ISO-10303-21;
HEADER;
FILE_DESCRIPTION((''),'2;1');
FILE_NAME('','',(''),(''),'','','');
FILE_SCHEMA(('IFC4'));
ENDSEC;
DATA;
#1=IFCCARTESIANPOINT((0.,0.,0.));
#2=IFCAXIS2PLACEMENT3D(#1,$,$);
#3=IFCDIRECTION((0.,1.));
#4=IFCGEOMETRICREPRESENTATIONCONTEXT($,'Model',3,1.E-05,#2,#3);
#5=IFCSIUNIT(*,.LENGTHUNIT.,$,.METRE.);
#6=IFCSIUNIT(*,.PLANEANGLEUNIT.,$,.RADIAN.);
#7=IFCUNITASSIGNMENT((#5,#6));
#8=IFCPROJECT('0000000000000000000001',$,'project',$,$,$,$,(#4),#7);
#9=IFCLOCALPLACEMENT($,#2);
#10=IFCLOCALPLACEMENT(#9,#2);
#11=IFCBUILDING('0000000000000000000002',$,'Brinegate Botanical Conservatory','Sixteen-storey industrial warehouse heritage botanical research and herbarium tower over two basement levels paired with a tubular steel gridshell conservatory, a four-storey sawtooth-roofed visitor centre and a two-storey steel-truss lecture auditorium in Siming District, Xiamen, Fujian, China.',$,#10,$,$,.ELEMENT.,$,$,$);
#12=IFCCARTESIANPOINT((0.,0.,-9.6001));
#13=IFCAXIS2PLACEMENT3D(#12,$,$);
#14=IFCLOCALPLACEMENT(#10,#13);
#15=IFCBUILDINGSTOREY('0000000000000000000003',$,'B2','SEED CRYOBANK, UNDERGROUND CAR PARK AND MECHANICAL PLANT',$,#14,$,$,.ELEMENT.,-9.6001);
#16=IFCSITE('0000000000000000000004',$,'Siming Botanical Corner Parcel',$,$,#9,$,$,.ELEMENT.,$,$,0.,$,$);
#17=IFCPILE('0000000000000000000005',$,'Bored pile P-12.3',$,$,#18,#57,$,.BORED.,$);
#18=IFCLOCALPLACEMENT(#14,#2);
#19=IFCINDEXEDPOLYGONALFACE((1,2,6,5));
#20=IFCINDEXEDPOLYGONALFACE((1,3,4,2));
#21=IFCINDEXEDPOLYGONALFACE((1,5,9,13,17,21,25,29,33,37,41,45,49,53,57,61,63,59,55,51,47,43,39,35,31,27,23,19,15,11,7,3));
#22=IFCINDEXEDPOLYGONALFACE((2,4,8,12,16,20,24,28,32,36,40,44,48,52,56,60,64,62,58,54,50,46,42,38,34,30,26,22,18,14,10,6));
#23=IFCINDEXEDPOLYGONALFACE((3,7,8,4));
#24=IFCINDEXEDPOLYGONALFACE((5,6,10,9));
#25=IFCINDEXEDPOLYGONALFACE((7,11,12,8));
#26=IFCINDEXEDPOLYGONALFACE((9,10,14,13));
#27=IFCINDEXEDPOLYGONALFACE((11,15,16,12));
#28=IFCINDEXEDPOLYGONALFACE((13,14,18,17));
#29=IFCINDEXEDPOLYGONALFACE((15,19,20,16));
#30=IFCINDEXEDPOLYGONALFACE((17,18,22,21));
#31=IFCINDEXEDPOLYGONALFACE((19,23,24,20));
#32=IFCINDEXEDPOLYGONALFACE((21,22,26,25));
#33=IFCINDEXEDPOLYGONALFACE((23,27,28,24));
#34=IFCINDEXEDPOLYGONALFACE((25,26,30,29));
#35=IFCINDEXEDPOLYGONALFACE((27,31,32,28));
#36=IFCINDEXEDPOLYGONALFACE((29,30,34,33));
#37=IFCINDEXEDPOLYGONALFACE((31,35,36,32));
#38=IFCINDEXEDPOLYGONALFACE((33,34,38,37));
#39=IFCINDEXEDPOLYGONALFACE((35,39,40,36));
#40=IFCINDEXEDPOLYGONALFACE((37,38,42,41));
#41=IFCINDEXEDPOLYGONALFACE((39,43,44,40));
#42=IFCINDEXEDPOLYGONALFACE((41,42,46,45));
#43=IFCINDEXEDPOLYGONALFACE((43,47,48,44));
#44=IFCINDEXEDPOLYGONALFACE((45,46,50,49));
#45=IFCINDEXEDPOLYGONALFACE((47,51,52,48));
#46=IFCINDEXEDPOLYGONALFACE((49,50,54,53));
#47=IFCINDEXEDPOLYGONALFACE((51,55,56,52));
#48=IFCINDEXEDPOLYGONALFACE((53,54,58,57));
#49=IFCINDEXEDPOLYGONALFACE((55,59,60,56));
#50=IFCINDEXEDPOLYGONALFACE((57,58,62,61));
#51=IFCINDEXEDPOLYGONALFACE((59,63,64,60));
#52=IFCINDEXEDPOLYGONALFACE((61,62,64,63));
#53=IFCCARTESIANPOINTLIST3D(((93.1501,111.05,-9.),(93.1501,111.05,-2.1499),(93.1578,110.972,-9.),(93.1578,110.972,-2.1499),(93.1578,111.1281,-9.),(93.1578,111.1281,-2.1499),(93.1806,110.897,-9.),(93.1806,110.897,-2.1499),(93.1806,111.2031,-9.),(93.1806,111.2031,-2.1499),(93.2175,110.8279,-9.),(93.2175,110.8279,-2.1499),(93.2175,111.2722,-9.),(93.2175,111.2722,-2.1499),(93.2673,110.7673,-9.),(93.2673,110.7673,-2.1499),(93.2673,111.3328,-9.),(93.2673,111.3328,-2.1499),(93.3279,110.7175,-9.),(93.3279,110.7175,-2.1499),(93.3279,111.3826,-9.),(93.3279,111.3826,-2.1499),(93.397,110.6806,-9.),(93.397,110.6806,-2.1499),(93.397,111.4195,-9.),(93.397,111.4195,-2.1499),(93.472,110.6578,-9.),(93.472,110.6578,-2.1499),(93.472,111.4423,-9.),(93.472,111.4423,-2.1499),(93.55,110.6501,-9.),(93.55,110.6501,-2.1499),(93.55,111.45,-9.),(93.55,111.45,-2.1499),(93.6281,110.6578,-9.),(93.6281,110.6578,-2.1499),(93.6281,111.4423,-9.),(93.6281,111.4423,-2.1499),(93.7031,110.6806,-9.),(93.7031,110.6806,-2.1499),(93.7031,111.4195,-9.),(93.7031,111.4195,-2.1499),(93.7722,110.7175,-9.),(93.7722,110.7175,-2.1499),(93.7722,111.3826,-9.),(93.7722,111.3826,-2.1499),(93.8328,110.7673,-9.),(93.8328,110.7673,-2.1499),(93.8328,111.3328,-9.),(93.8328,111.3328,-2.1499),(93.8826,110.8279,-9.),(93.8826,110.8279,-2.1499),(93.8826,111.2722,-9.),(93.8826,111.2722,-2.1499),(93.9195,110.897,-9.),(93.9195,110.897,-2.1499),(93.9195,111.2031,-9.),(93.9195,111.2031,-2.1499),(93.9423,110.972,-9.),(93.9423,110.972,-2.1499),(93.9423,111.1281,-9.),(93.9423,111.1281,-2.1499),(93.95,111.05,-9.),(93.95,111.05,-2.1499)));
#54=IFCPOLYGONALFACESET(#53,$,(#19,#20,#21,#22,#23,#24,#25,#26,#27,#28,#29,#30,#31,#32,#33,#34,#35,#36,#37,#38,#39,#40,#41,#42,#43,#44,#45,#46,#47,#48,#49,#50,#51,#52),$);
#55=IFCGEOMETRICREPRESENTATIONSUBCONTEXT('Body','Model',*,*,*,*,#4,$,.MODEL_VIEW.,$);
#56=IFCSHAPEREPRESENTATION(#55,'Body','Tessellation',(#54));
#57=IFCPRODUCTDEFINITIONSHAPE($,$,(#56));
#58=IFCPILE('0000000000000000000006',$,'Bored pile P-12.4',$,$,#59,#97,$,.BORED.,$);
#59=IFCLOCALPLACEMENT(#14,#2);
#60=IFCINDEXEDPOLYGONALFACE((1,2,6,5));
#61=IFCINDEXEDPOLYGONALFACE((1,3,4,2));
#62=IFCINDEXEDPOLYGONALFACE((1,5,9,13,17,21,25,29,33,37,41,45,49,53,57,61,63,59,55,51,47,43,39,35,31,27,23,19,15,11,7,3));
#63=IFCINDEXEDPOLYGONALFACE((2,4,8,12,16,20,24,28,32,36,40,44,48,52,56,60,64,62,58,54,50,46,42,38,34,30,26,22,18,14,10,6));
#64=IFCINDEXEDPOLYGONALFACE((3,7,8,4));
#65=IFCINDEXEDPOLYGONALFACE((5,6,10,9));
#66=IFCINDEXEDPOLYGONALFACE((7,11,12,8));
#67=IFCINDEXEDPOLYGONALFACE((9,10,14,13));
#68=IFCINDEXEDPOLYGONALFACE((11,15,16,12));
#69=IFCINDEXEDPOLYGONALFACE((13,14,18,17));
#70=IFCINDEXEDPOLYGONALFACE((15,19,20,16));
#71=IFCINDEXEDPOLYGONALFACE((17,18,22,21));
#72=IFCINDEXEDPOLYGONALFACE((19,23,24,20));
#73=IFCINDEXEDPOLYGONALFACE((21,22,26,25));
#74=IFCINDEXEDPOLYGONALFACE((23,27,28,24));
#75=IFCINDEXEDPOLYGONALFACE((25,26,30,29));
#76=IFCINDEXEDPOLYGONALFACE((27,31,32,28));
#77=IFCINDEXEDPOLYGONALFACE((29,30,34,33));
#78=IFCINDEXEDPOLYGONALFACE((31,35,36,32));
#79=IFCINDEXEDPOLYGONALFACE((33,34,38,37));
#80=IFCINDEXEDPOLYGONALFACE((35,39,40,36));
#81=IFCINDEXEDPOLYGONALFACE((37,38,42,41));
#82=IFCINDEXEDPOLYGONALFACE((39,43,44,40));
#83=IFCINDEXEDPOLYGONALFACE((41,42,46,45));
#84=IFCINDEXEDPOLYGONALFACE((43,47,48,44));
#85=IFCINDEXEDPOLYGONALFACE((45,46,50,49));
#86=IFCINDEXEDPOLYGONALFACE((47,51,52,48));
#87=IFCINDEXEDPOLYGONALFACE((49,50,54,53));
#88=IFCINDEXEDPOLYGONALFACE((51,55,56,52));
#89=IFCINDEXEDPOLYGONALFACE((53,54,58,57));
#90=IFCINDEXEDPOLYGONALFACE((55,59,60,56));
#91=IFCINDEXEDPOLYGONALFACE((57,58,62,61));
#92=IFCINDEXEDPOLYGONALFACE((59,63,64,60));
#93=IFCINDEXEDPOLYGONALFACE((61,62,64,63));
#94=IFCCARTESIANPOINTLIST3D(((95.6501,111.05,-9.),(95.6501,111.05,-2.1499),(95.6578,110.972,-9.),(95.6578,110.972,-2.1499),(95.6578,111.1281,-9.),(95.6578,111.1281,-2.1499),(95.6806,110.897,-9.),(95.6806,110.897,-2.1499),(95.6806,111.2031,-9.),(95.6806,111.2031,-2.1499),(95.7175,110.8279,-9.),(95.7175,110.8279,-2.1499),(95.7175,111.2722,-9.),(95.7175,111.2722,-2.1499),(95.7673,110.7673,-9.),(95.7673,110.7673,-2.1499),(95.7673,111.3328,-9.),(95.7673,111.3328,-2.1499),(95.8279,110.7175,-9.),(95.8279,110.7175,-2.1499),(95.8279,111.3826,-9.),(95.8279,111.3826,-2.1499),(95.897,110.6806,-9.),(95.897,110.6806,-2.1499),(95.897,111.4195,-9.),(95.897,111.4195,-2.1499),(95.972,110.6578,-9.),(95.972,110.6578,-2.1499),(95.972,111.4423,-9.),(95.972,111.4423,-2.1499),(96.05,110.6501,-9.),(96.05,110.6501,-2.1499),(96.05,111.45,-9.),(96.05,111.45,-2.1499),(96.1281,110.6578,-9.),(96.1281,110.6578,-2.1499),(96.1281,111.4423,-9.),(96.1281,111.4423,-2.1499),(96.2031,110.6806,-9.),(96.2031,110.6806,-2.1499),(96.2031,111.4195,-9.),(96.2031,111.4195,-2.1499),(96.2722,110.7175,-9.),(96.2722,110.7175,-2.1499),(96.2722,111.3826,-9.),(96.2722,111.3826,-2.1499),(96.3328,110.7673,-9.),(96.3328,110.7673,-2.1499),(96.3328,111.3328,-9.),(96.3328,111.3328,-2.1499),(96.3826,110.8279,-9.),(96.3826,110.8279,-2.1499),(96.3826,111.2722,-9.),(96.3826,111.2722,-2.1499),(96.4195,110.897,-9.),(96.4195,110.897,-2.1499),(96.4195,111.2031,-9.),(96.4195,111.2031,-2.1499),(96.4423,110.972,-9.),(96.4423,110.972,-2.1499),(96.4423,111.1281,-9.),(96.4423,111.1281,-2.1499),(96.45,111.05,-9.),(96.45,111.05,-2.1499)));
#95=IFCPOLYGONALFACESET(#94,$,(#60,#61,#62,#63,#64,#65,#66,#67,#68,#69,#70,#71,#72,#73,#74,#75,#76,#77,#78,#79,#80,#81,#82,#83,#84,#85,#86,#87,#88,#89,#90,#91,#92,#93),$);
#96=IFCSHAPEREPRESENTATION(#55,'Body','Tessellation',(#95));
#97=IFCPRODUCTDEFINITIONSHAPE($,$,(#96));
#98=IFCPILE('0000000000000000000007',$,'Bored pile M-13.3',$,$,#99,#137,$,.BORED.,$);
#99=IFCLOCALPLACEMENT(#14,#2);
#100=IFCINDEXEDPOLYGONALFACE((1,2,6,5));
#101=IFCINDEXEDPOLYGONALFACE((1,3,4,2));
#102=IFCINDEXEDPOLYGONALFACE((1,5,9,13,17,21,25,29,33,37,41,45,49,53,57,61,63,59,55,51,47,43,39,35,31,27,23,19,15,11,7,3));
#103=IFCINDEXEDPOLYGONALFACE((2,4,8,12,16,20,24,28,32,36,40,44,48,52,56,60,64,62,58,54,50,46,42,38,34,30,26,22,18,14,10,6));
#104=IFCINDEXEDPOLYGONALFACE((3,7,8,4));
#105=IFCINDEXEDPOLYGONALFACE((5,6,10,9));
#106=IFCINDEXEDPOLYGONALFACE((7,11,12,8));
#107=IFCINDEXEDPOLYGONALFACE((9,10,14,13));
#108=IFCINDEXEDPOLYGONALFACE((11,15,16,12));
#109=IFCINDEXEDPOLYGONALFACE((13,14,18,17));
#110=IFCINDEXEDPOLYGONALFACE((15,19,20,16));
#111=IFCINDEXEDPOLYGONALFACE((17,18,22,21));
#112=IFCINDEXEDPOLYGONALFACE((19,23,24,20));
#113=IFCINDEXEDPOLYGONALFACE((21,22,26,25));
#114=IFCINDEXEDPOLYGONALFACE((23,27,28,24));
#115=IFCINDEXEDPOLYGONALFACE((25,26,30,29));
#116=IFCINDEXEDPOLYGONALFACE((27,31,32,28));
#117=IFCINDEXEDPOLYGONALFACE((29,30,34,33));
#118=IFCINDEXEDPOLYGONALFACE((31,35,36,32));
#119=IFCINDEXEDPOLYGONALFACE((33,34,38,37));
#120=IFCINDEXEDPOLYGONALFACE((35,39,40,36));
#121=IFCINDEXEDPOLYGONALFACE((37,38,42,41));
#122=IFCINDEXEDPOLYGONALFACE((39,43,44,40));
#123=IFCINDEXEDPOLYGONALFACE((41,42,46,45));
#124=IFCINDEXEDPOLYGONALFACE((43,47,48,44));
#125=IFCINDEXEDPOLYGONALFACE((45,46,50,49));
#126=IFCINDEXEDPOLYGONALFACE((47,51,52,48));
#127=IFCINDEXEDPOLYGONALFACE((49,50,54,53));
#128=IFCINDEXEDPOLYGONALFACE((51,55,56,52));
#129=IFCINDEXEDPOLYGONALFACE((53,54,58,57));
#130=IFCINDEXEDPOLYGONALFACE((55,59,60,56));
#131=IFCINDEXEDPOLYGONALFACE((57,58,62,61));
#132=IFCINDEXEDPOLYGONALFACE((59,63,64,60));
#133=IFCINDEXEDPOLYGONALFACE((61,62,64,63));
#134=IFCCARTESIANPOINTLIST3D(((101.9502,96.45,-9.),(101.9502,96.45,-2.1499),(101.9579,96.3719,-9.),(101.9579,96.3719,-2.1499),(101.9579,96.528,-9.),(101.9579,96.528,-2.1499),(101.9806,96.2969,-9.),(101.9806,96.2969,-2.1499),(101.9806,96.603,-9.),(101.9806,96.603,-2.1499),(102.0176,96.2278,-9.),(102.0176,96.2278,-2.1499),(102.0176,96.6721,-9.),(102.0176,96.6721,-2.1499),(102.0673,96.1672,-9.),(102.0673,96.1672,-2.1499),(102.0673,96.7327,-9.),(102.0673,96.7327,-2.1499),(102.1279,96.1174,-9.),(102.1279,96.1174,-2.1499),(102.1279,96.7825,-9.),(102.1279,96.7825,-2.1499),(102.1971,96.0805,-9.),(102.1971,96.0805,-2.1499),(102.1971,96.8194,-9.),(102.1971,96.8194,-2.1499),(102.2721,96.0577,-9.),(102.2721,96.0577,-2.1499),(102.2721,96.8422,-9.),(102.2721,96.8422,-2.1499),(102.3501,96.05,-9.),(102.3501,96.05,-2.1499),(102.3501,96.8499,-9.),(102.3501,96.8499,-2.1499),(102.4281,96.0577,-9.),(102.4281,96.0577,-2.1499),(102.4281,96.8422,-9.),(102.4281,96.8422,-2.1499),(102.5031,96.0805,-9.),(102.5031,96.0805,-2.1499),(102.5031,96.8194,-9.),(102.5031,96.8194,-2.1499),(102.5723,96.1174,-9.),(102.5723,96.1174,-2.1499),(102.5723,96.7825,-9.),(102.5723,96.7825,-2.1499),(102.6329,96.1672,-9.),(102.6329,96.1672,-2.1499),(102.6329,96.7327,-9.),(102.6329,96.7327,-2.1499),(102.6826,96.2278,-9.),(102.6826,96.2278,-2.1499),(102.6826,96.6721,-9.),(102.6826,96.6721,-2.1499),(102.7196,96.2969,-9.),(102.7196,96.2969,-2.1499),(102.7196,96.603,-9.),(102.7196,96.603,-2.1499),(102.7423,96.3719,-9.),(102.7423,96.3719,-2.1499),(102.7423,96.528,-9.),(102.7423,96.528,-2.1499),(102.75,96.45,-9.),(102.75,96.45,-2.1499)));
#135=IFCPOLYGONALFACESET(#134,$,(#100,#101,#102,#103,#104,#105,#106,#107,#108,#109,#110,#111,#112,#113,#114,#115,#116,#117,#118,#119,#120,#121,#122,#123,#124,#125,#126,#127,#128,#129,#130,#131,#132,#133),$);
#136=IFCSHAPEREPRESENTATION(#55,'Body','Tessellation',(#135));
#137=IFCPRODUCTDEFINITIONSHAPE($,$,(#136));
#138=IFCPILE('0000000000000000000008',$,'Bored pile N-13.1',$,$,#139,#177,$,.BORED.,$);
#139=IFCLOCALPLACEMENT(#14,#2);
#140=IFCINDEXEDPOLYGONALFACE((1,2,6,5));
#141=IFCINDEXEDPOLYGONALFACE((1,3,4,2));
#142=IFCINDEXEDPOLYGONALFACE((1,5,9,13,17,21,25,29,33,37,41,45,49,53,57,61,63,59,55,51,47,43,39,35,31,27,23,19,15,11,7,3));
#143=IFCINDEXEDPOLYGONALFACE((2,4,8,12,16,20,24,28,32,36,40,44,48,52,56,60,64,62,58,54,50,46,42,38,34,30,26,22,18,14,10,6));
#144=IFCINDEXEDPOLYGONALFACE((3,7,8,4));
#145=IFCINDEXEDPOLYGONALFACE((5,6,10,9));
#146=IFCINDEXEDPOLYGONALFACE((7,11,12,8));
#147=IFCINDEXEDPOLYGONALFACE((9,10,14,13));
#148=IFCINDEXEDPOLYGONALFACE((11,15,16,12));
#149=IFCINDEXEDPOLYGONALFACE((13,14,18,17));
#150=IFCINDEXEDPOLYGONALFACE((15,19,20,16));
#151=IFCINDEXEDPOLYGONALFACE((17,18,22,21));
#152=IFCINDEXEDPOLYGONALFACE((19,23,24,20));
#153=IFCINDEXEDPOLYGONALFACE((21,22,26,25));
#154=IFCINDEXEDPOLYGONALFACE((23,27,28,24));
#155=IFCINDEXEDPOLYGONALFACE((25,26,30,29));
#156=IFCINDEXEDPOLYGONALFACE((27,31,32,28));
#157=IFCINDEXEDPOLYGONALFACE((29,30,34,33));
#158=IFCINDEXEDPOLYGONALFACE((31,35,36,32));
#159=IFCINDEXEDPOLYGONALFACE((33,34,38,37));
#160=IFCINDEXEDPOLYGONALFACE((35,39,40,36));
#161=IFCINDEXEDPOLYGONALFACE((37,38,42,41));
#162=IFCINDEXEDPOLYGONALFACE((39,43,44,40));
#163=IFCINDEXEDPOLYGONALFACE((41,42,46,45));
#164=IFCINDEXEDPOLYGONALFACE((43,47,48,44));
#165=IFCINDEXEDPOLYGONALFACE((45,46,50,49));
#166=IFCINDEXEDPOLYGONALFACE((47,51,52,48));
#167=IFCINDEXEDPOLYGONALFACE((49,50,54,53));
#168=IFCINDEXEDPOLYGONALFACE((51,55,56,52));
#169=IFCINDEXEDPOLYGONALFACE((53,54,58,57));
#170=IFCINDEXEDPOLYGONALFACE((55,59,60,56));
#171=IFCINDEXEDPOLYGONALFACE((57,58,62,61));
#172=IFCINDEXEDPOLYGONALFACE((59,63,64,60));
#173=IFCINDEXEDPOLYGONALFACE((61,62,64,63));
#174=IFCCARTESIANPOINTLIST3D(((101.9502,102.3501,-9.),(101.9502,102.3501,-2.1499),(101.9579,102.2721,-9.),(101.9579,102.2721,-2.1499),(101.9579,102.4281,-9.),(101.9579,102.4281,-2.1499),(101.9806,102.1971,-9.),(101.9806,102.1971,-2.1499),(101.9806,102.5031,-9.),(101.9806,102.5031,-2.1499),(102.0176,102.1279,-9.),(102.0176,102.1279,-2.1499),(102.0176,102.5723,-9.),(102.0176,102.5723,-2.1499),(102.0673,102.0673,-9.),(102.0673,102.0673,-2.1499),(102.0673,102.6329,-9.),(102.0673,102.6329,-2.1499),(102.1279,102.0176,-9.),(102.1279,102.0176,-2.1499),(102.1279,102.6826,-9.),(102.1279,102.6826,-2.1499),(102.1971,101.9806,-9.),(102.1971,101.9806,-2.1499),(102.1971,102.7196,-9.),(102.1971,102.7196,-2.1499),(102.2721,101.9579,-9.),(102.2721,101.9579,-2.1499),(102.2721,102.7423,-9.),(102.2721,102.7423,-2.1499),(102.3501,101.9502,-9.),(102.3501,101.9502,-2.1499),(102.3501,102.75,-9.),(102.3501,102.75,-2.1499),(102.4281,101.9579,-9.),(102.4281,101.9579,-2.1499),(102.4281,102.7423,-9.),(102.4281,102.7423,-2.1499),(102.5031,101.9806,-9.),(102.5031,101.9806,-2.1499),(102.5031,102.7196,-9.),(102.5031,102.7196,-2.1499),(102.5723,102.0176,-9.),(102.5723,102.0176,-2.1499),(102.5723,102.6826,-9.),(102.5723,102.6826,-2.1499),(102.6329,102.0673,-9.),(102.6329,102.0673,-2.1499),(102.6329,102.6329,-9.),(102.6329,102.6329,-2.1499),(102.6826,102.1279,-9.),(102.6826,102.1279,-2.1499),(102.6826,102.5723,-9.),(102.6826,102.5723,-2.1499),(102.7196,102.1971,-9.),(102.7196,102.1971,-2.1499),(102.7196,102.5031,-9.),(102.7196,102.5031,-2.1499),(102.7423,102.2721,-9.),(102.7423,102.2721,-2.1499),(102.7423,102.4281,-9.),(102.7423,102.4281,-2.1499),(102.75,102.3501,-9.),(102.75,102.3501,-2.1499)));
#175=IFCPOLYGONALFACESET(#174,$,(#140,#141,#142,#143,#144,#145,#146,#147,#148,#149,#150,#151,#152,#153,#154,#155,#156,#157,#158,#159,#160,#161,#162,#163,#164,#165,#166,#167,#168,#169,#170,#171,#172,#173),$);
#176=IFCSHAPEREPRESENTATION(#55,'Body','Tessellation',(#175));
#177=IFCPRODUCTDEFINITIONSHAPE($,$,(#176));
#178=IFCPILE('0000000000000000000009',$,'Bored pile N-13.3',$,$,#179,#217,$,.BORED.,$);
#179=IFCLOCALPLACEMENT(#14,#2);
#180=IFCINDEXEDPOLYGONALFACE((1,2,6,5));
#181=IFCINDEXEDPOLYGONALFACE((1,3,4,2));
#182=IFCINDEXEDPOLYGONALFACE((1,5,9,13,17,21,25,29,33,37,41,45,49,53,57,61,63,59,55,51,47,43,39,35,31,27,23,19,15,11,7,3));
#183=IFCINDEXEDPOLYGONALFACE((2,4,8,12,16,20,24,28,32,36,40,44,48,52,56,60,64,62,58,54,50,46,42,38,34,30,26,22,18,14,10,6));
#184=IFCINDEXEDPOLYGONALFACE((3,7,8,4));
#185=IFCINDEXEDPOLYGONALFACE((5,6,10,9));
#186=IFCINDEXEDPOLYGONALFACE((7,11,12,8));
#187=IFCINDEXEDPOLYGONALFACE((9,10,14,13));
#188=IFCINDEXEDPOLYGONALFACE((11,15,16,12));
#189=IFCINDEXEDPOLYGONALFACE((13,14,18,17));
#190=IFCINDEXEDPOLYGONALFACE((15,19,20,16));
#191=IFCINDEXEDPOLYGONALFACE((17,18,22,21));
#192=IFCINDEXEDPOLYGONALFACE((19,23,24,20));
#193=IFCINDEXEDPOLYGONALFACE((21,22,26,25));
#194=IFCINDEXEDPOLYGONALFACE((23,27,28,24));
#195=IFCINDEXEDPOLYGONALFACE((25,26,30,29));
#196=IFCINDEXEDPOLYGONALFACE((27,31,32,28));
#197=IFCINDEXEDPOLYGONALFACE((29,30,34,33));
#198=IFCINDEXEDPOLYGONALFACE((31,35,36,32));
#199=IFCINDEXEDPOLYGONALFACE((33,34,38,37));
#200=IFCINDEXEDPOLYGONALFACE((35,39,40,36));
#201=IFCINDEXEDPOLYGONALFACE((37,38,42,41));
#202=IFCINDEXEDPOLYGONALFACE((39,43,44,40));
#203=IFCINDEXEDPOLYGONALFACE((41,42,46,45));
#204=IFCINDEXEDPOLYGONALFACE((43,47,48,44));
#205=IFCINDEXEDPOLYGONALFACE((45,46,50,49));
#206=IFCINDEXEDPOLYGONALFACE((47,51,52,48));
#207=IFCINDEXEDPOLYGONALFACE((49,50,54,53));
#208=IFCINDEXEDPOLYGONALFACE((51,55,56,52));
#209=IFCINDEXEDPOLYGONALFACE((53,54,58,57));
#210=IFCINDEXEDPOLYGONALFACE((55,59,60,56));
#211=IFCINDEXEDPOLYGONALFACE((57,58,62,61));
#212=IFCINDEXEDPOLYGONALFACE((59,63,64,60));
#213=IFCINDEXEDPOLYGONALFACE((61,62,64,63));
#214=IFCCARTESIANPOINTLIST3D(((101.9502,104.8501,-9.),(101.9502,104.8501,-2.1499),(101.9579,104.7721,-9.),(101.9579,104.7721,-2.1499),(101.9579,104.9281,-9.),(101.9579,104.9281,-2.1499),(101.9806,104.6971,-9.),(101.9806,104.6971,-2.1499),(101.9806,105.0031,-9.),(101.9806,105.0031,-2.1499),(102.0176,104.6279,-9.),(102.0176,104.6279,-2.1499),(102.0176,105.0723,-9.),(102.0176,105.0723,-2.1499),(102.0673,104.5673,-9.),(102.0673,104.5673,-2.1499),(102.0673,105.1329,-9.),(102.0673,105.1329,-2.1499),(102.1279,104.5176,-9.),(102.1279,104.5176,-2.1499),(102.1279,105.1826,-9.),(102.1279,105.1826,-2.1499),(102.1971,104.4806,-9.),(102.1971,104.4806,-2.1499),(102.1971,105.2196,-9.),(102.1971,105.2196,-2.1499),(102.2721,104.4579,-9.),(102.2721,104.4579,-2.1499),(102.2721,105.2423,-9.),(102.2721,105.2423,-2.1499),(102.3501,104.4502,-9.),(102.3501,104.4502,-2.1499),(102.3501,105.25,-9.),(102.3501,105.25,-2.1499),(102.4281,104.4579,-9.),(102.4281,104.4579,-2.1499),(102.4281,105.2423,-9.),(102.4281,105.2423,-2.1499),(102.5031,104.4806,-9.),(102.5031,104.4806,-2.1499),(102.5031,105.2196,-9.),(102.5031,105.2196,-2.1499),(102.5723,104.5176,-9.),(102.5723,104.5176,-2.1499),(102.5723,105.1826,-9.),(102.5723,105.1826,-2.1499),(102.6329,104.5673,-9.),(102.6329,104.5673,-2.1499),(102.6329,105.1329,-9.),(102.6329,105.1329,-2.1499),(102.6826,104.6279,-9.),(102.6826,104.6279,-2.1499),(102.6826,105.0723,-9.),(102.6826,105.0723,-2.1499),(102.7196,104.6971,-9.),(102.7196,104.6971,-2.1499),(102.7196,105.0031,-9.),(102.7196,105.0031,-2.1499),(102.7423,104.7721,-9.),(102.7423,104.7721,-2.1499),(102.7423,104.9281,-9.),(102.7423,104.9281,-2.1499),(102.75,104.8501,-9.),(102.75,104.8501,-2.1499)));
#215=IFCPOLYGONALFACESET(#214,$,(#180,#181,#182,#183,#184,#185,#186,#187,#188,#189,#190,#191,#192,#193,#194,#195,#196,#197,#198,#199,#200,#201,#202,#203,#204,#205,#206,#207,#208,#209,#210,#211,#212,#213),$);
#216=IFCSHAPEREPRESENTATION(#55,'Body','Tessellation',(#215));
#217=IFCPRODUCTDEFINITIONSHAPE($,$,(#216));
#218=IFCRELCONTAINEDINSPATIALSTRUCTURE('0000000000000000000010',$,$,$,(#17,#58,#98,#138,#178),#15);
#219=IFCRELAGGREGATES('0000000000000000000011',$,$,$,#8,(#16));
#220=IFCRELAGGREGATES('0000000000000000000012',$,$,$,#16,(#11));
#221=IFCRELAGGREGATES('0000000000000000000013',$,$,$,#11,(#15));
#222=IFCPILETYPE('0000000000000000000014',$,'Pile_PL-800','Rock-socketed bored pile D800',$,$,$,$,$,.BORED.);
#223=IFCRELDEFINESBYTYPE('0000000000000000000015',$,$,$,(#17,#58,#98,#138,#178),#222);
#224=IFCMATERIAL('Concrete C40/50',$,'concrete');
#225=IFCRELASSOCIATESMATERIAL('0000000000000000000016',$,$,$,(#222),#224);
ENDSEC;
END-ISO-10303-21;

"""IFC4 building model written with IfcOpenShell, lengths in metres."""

from ifc_helpers import new_model, si_unit, direction, frame, origin, origin_2d, place, context, subcontext, project, spatial, circle, extrude, material, material_profile, profile_set, type_object, element, save


model = new_model("IFC4")

# Units and contexts
model_context = context("Model", 3, precision=1e-05, world=origin(), true_north=direction((0.0, 1.0)))
body_context = subcontext(model_context, "Body", "Model", "MODEL_VIEW")
ifc_project = project(units=[si_unit("LENGTHUNIT", "METRE"), si_unit("PLANEANGLEUNIT", "RADIAN")], contexts=[model_context])

# Site, building, storey
site_placement = place(None, origin())
site = spatial("IfcSite", under=ifc_project, at=site_placement, Name="Siming Botanical Corner Parcel", CompositionType="ELEMENT", RefElevation=0.0)
building_placement = place(site_placement, origin())
building = spatial("IfcBuilding", under=site, at=building_placement, Name="Brinegate Botanical Conservatory", Description="Sixteen-storey industrial warehouse heritage botanical research and herbarium tower over two basement levels paired with a tubular steel gridshell conservatory, a four-storey sawtooth-roofed visitor centre and a two-storey steel-truss lecture auditorium in Siming District, Xiamen, Fujian, China.", CompositionType="ELEMENT")
storey_placement = place(building_placement, frame((0.0, 0.0, -9.6001)))
storey = spatial("IfcBuildingStorey", under=building, at=storey_placement, Name="B2", Description="SEED CRYOBANK, UNDERGROUND CAR PARK AND MECHANICAL PLANT", CompositionType="ELEMENT", Elevation=-9.6001)

# Shared definitions
ifc_material = material(Name="Concrete C40/50", Category="concrete")

# Piles
ifc_material_profile_1 = material_profile(ifc_material, circle(Radius=0.3999, at=origin_2d()), Name="PILE D800")
ifc_profile_set_1 = profile_set([ifc_material_profile_1], Name="Concrete C40/50")
pile_type = type_object("IfcPileType", Name="Pile_PL-800", Description="Rock-socketed bored pile D800", PredefinedType="BORED", material=ifc_profile_set_1)
for number, where, z_axis, x_axis, name in (
    (1, (93.55, 111.05, -2.1499), (0.0, 0.0, -1.0), (1.0, 0.0, 0.0), "Bored pile P-12.3"),
    (2, (96.05, 111.05, -2.1499), (0.0, 0.0, -1.0), (1.0, 0.0, 0.0), "Bored pile P-12.4"),
    (3, (102.3501, 96.45, -2.1499), (0.0, 0.0, -1.0), (1.0, 0.0, 0.0), "Bored pile M-13.3"),
    (4, (102.3501, 102.3501, -2.1499), (0.0, 0.0, -1.0), (1.0, 0.0, 0.0), "Bored pile N-13.1"),
    (5, (102.3501, 104.8501, -2.1499), (0.0, 0.0, -1.0), (1.0, 0.0, 0.0), "Bored pile N-13.3"),
):
    element("IfcPile", number, at=place(storey_placement, frame(where, z_axis=z_axis, x_axis=x_axis)), inside=storey, type_object=pile_type, Name=name, PredefinedType="BORED", context=body_context, shape_type="SweptSolid", body=[
        extrude(circle(Radius=0.3999, at=origin_2d()), origin(), (0.0, 0.0, 1.0), 6.8501),
    ])

save(model, "model.ifc")
